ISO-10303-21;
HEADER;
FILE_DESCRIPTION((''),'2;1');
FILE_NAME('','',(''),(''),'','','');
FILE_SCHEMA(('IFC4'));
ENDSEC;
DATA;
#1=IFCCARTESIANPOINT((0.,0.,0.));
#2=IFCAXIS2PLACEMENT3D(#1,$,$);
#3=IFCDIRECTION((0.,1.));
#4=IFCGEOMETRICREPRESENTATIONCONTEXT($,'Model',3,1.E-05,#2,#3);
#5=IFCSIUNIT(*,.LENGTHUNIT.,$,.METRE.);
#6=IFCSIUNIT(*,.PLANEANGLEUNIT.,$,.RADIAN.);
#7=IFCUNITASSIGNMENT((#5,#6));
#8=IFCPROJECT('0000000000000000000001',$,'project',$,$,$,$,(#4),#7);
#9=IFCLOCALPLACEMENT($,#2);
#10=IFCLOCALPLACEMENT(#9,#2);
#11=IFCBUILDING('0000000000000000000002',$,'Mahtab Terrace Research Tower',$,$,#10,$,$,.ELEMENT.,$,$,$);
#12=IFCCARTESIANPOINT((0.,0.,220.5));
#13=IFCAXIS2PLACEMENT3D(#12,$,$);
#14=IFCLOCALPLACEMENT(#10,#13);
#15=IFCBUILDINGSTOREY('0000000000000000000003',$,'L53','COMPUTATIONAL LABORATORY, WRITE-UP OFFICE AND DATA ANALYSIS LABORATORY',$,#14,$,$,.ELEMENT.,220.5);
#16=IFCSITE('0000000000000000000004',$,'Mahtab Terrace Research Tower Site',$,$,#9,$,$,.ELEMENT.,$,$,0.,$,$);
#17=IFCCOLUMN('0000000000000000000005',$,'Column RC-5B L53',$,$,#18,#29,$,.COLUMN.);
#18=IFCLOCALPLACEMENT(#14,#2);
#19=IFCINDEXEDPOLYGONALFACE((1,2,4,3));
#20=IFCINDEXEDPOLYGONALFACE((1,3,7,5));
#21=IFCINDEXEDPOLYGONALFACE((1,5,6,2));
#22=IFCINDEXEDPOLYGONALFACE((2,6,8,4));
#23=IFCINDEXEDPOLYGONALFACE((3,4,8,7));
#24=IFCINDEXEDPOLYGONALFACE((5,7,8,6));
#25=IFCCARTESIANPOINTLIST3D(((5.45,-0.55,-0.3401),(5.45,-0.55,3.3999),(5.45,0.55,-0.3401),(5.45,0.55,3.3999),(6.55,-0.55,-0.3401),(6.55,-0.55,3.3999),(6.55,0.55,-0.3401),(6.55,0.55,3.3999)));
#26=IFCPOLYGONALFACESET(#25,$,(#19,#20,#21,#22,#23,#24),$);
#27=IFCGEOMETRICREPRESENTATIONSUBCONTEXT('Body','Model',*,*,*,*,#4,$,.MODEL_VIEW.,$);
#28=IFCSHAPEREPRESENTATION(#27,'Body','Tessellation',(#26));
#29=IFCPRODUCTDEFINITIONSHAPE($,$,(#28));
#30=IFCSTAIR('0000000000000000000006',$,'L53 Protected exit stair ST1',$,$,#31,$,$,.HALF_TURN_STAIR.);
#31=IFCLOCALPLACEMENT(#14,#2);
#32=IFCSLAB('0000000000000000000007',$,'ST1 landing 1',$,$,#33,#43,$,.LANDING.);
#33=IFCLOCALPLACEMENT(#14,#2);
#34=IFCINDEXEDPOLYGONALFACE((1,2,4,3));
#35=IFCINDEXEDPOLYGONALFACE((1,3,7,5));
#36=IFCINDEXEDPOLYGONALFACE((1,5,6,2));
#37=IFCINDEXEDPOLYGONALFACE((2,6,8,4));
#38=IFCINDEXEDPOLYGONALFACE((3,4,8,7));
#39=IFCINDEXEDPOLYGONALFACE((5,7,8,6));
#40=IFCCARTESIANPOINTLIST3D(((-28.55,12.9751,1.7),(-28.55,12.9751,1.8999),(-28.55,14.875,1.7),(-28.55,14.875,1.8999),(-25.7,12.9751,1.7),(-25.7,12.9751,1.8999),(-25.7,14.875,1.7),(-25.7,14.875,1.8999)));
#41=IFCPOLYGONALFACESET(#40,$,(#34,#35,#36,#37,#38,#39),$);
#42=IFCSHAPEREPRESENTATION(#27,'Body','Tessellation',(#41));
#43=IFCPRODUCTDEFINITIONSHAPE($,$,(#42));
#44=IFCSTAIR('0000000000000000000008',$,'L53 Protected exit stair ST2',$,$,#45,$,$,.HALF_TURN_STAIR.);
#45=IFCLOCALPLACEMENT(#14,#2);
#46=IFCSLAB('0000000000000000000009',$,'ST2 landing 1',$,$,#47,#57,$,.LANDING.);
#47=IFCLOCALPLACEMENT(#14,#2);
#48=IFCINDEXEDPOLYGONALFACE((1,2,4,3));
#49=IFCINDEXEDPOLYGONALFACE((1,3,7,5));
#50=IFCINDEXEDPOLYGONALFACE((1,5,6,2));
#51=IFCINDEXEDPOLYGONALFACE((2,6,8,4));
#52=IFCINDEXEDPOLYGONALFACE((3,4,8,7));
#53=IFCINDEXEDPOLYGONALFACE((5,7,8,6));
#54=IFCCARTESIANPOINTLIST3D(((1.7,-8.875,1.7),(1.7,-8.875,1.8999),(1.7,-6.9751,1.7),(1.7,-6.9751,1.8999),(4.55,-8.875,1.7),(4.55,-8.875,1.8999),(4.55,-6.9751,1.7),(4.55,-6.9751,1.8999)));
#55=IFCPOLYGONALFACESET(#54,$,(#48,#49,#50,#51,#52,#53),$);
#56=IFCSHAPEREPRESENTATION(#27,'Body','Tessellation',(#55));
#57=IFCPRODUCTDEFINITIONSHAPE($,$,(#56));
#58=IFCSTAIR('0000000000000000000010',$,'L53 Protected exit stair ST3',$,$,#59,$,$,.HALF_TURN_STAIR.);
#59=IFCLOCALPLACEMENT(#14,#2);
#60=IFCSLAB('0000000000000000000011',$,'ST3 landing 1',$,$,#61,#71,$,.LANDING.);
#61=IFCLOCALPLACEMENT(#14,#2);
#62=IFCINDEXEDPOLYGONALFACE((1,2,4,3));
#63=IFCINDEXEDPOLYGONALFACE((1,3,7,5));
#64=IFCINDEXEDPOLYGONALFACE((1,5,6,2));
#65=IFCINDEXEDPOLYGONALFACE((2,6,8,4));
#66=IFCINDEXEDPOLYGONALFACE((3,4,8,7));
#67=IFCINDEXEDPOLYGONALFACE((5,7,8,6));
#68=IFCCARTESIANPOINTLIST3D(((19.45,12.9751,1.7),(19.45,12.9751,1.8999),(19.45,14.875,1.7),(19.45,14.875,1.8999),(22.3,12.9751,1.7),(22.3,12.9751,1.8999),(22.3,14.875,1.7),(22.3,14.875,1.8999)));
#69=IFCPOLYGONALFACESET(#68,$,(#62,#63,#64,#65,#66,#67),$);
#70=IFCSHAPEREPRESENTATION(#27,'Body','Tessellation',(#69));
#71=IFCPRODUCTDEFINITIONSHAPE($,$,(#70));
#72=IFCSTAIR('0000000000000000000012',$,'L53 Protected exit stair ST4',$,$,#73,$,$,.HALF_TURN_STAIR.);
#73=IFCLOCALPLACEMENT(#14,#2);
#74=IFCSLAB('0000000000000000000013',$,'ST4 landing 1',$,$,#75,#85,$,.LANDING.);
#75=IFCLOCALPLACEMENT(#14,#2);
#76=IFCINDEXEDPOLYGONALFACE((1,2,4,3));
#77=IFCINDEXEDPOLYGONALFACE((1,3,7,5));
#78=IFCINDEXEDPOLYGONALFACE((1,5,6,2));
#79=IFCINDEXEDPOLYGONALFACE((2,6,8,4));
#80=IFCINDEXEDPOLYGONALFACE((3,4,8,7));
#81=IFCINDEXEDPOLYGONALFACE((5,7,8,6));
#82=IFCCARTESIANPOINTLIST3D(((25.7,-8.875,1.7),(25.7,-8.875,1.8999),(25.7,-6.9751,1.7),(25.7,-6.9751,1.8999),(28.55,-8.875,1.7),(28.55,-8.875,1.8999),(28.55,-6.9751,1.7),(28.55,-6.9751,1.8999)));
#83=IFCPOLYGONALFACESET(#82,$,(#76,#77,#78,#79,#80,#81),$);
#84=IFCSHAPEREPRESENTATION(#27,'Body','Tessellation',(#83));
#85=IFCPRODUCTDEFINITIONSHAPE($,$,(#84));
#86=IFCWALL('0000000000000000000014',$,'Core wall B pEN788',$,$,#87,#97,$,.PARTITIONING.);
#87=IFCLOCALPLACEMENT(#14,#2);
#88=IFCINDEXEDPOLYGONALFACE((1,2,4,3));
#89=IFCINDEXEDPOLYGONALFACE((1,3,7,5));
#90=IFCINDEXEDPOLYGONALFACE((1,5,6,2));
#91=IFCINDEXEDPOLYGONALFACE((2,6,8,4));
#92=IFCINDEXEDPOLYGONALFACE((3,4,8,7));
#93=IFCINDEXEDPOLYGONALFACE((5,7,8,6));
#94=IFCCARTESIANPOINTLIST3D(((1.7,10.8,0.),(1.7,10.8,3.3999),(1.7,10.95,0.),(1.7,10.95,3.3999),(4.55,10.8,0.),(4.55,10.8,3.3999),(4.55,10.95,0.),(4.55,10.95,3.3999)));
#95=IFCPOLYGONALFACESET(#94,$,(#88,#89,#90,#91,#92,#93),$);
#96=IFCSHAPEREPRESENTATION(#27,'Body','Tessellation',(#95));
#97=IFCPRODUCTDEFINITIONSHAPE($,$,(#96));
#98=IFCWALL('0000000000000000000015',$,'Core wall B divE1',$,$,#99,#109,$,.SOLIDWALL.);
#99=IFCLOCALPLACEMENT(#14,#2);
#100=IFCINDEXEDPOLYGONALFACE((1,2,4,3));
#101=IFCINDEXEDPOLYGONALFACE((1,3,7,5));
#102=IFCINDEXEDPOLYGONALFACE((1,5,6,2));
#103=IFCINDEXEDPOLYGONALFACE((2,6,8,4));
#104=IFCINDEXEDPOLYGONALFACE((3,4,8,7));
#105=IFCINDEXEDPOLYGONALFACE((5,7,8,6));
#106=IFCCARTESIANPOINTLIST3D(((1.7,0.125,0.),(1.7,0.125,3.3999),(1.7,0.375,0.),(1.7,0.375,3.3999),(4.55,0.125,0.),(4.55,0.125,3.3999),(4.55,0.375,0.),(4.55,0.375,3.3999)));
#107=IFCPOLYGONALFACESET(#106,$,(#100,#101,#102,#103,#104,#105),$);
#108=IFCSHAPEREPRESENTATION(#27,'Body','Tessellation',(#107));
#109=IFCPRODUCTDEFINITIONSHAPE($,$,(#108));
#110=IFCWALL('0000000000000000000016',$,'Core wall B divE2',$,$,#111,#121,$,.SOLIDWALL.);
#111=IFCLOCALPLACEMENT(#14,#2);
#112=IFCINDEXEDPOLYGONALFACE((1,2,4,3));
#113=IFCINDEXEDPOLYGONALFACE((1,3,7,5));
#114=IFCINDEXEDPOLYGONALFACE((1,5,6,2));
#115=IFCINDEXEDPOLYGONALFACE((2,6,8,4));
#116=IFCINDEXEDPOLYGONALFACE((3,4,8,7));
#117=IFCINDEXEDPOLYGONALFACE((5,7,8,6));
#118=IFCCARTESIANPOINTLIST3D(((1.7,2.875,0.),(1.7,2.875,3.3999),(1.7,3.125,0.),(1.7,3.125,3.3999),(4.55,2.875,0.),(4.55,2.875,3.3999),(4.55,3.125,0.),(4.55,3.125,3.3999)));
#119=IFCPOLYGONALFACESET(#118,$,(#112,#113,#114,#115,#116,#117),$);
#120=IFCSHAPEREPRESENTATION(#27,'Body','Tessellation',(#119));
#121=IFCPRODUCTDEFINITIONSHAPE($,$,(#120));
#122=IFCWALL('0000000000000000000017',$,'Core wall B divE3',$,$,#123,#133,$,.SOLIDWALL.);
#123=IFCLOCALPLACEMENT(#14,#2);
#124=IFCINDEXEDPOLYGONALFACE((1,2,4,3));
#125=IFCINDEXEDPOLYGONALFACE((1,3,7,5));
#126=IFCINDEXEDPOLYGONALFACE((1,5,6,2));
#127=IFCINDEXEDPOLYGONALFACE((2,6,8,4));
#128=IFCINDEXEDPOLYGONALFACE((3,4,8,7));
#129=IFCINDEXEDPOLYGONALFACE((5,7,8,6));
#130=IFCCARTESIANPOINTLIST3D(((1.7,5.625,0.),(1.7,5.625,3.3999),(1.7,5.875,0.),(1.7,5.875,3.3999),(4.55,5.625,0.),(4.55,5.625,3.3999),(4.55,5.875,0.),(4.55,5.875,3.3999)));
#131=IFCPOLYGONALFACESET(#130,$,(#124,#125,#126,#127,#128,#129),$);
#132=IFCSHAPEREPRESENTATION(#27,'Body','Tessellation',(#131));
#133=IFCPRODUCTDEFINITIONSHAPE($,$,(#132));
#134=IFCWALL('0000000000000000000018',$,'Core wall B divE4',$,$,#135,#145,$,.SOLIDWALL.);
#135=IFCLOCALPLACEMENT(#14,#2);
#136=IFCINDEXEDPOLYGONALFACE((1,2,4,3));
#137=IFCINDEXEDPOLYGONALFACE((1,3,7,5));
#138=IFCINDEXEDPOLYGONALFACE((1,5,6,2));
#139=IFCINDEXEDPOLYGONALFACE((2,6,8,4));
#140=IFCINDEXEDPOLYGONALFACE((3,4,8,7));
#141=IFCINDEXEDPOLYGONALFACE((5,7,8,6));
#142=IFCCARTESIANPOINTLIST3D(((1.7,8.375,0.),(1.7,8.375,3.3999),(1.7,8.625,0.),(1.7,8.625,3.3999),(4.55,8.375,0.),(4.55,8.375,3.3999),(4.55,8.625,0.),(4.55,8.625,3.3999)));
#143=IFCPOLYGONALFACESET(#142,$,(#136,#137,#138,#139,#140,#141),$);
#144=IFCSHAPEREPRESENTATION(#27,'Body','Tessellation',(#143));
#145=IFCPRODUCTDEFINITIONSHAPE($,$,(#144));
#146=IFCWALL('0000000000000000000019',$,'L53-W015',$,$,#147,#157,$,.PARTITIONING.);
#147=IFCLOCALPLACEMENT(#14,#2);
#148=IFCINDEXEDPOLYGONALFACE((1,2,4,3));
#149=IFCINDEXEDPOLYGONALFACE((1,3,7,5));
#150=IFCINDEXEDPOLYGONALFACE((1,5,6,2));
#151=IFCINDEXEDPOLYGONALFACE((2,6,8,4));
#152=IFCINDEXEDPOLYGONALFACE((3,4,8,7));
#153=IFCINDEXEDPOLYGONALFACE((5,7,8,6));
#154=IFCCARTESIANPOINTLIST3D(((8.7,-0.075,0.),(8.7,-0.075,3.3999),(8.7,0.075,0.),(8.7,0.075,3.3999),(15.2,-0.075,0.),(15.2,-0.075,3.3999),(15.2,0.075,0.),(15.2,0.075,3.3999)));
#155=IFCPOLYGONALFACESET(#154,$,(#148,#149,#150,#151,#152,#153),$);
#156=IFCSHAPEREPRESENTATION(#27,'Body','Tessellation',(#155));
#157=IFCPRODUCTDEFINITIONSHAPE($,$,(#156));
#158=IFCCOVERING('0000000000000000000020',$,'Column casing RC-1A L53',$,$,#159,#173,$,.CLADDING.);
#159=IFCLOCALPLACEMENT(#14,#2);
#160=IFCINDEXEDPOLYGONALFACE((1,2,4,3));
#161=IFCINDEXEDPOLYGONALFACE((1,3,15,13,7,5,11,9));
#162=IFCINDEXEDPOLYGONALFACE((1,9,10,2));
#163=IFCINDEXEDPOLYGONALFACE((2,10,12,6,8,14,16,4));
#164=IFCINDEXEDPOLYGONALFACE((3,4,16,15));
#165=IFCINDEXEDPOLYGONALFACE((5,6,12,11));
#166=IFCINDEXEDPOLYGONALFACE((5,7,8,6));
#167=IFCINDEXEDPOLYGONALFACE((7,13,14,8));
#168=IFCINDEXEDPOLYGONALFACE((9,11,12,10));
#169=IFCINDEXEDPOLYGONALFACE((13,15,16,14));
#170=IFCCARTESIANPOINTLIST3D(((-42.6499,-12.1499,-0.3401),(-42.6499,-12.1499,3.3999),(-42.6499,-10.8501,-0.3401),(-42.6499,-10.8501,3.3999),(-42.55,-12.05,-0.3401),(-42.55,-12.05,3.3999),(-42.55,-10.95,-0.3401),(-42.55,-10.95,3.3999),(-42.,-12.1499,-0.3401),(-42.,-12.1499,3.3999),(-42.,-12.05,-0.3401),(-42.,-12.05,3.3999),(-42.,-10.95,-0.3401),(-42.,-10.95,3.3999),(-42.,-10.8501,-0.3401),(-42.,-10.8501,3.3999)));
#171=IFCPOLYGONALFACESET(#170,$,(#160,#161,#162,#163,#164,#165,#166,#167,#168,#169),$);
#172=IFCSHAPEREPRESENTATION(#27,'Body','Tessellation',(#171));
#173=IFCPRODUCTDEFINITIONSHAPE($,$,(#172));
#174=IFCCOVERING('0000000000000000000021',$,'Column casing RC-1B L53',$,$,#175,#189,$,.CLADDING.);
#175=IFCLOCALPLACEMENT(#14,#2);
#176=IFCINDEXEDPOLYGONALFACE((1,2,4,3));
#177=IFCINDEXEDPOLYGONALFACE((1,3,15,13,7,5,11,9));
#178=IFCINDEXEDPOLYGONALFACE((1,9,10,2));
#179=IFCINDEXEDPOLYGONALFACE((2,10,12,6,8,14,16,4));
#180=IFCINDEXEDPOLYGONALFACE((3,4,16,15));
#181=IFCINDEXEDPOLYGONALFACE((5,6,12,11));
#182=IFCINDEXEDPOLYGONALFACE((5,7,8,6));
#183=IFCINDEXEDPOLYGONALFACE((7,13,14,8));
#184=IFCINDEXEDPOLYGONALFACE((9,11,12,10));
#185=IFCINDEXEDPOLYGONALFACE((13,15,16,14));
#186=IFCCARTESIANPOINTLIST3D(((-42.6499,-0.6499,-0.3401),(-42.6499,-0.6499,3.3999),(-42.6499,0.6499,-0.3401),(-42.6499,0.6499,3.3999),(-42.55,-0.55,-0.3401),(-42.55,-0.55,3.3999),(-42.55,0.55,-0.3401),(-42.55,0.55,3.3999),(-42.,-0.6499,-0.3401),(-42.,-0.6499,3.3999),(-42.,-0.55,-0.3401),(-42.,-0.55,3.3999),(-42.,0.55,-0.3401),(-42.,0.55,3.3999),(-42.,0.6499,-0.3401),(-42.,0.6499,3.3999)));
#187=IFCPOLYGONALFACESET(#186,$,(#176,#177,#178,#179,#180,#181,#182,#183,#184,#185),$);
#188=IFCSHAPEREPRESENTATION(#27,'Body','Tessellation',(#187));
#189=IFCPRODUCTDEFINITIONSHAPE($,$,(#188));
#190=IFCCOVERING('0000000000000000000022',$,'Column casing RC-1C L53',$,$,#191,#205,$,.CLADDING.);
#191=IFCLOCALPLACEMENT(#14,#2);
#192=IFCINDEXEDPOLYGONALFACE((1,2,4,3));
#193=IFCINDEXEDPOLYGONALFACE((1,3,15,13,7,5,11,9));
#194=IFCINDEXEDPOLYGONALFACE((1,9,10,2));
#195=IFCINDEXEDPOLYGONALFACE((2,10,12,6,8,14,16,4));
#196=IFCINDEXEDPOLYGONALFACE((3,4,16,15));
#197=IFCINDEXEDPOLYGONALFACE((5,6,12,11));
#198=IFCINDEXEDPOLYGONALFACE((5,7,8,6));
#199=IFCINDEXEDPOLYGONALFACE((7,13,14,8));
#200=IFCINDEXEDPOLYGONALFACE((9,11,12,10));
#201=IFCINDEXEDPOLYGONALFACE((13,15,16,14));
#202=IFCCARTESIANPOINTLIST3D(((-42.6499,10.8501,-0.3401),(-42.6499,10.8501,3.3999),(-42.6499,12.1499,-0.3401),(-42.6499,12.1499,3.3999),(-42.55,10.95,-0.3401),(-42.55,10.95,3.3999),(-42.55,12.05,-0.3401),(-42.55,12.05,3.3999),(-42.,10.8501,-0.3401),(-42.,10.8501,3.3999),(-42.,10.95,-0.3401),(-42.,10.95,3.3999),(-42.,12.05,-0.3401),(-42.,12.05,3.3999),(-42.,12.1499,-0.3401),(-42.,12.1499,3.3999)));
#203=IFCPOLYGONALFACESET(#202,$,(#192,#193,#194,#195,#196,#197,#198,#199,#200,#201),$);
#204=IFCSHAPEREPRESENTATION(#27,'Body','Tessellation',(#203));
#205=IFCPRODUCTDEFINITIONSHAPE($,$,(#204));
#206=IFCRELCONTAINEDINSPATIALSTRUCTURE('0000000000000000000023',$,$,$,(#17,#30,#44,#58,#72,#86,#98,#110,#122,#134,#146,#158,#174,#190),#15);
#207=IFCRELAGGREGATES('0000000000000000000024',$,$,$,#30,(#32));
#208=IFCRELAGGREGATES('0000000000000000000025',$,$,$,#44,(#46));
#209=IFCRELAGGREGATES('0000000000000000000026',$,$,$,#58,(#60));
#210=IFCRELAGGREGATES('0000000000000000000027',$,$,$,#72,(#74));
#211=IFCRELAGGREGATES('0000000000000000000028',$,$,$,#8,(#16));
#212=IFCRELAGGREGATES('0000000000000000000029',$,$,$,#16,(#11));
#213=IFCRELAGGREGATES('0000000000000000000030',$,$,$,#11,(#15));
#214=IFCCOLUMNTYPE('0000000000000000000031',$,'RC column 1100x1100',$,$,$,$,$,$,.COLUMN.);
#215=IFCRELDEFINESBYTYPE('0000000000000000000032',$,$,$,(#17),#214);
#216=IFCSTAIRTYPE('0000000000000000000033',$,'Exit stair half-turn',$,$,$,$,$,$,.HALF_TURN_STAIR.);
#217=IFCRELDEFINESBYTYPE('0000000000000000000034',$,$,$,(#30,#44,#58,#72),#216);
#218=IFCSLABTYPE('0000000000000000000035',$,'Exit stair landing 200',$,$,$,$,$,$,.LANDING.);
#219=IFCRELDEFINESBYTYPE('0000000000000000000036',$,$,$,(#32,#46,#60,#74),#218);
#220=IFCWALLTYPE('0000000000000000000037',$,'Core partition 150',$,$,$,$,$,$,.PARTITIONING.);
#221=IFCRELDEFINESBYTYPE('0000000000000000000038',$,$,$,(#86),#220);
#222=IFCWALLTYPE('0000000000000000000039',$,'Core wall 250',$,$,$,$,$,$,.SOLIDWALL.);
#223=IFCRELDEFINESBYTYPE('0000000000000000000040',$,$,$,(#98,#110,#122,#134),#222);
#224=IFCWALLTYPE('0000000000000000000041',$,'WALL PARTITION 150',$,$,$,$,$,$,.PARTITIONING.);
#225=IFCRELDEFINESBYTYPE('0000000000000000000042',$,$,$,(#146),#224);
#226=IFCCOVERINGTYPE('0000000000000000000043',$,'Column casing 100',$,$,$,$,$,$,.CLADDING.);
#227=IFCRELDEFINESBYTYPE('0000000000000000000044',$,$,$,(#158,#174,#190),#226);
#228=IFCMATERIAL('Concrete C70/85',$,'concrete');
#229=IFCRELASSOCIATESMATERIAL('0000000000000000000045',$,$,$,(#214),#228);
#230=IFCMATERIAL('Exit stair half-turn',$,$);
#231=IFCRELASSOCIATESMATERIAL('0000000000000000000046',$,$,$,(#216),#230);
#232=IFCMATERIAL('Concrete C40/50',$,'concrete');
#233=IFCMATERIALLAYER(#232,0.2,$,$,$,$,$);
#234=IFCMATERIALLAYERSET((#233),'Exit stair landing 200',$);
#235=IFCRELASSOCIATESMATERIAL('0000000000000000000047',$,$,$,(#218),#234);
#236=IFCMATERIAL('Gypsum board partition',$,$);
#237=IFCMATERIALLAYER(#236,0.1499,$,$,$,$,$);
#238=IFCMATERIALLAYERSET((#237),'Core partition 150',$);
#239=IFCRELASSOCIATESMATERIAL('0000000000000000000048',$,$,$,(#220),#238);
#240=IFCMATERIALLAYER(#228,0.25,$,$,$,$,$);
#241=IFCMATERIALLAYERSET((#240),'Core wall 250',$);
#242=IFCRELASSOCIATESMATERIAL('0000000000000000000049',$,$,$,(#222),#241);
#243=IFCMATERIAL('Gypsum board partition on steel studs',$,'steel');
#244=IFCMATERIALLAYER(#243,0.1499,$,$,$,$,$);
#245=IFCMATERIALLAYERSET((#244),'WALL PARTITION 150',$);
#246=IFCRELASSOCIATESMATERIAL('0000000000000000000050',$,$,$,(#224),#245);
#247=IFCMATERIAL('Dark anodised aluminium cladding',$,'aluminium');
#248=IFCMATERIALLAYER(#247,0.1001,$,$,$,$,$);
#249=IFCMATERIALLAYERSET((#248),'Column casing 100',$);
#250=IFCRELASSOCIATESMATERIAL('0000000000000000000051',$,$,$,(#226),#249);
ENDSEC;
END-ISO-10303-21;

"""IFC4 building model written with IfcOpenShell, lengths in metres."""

from ifc_helpers import new_model, si_unit, direction, frame, frame_2d, origin, origin_2d, place, context, subcontext, project, spatial, polyline, rectangle, outline, extrude, material, layer, layer_set, material_profile, profile_set, type_object, element, aggregate, save


model = new_model("IFC4")

# Units and contexts
model_context = context("Model", 3, precision=1e-05, world=origin(), true_north=direction((0.0, 1.0)))
body_context = subcontext(model_context, "Body", "Model", "MODEL_VIEW")
ifc_project = project(units=[si_unit("LENGTHUNIT", "METRE"), si_unit("PLANEANGLEUNIT", "RADIAN")], contexts=[model_context])

# Site, building, storey
site_placement = place(None, origin())
site = spatial("IfcSite", under=ifc_project, at=site_placement, Name="Mahtab Terrace Research Tower Site", CompositionType="ELEMENT", RefElevation=0.0)
building_placement = place(site_placement, origin())
building = spatial("IfcBuilding", under=site, at=building_placement, Name="Mahtab Terrace Research Tower", CompositionType="ELEMENT")
storey_placement = place(building_placement, frame((0.0, 0.0, 220.5)))
storey = spatial("IfcBuildingStorey", under=building, at=storey_placement, Name="L53", Description="COMPUTATIONAL LABORATORY, WRITE-UP OFFICE AND DATA ANALYSIS LABORATORY", CompositionType="ELEMENT", Elevation=220.5)

# Column
ifc_material_1 = material(Name="Concrete C70/85", Category="concrete")
ifc_material_profile = material_profile(ifc_material_1, rectangle(XDim=1.1001, YDim=1.1001, at=origin_2d()), Name="RC column 1100x1100")
ifc_profile_set = profile_set([ifc_material_profile], Name="Concrete C70/85")
column_type = type_object("IfcColumnType", Name="RC column 1100x1100", PredefinedType="COLUMN", material=ifc_profile_set)
column_placement = place(storey_placement, frame((6.0, 0.0, -0.3401), z_axis=(0.0, 0.0, 1.0), x_axis=(1.0, 0.0, 0.0)))
element("IfcColumn", 1, at=column_placement, inside=storey, type_object=column_type, Name="Column RC-5B L53", PredefinedType="COLUMN", context=body_context, shape_type="SweptSolid", body=[
    extrude(rectangle(XDim=1.1001, YDim=1.1001, at=origin_2d()), origin(), (0.0, 0.0, 1.0), 3.74),
])

# Stairs, slabs
ifc_material_2 = material(Name="Exit stair half-turn")
stair_type = type_object("IfcStairType", Name="Exit stair half-turn", PredefinedType="HALF_TURN_STAIR", material=ifc_material_2)
stair_1_placement = place(storey_placement, origin())
stair_1 = element("IfcStair", 2, at=stair_1_placement, inside=storey, type_object=stair_type, Name="L53 Protected exit stair ST1", PredefinedType="HALF_TURN_STAIR")
ifc_material_3 = material(Name="Concrete C40/50", Category="concrete")
ifc_layer_1 = layer(ifc_material_3, 0.2)
ifc_layer_set_1 = layer_set([ifc_layer_1], Name="Exit stair landing 200")
slab_type = type_object("IfcSlabType", Name="Exit stair landing 200", PredefinedType="LANDING", material=ifc_layer_set_1)
slab_1_placement = place(storey_placement, frame((0.0, 0.0, 1.7)))
slab_1 = element("IfcSlab", 3, at=slab_1_placement, type_object=slab_type, Name="ST1 landing 1", PredefinedType="LANDING", context=body_context, shape_type="SweptSolid", body=[
    extrude(outline(polyline([(-25.7, 12.9751), (-25.7, 14.875), (-28.55, 14.875), (-28.55, 12.9751), (-25.7, 12.9751)])), origin(), (0.0, 0.0, 1.0), 0.2),
])
aggregate(stair_1, [slab_1])
stair_2_placement = place(storey_placement, origin())
stair_2 = element("IfcStair", 4, at=stair_2_placement, inside=storey, type_object=stair_type, Name="L53 Protected exit stair ST2", PredefinedType="HALF_TURN_STAIR")
slab_2_placement = place(storey_placement, frame((0.0, 0.0, 1.7)))
slab_2 = element("IfcSlab", 5, at=slab_2_placement, type_object=slab_type, Name="ST2 landing 1", PredefinedType="LANDING", context=body_context, shape_type="SweptSolid", body=[
    extrude(outline(polyline([(1.7, -6.9751), (1.7, -8.875), (4.55, -8.875), (4.55, -6.9751), (1.7, -6.9751)])), origin(), (0.0, 0.0, 1.0), 0.2),
])
aggregate(stair_2, [slab_2])
stair_3_placement = place(storey_placement, origin())
stair_3 = element("IfcStair", 6, at=stair_3_placement, inside=storey, type_object=stair_type, Name="L53 Protected exit stair ST3", PredefinedType="HALF_TURN_STAIR")
slab_3_placement = place(storey_placement, frame((0.0, 0.0, 1.7)))
slab_3 = element("IfcSlab", 7, at=slab_3_placement, type_object=slab_type, Name="ST3 landing 1", PredefinedType="LANDING", context=body_context, shape_type="SweptSolid", body=[
    extrude(outline(polyline([(22.3, 12.9751), (22.3, 14.875), (19.45, 14.875), (19.45, 12.9751), (22.3, 12.9751)])), origin(), (0.0, 0.0, 1.0), 0.2),
])
aggregate(stair_3, [slab_3])
stair_4_placement = place(storey_placement, origin())
stair_4 = element("IfcStair", 8, at=stair_4_placement, inside=storey, type_object=stair_type, Name="L53 Protected exit stair ST4", PredefinedType="HALF_TURN_STAIR")
slab_4_placement = place(storey_placement, frame((0.0, 0.0, 1.7)))
slab_4 = element("IfcSlab", 9, at=slab_4_placement, type_object=slab_type, Name="ST4 landing 1", PredefinedType="LANDING", context=body_context, shape_type="SweptSolid", body=[
    extrude(outline(polyline([(25.7, -6.9751), (25.7, -8.875), (28.55, -8.875), (28.55, -6.9751), (25.7, -6.9751)])), origin(), (0.0, 0.0, 1.0), 0.2),
])
aggregate(stair_4, [slab_4])

# Walls
ifc_material_4 = material(Name="Gypsum board partition")
ifc_layer_2 = layer(ifc_material_4, 0.1499)
ifc_layer_set_2 = layer_set([ifc_layer_2], Name="Core partition 150")
wall_type_1 = type_object("IfcWallType", Name="Core partition 150", PredefinedType="PARTITIONING", material=ifc_layer_set_2)
wall_1_placement = place(storey_placement, frame((1.7, 10.875, 0.0), z_axis=(0.0, 0.0, 1.0), x_axis=(1.0, 0.0, 0.0)))
element("IfcWall", 10, at=wall_1_placement, inside=storey, type_object=wall_type_1, Name="Core wall B pEN788", PredefinedType="PARTITIONING", context=body_context, shape_type="SweptSolid", body=[
    extrude(rectangle(XDim=2.8501, YDim=0.1499, at=frame_2d((1.425, 0.0))), origin(), (0.0, 0.0, 1.0), 3.3999),
])
ifc_layer_3 = layer(ifc_material_1, 0.25)
ifc_layer_set_3 = layer_set([ifc_layer_3], Name="Core wall 250")
wall_type_2 = type_object("IfcWallType", Name="Core wall 250", PredefinedType="SOLIDWALL", material=ifc_layer_set_3)
for number, where, z_axis, x_axis, name in (
    (11, (1.7, 0.25, 0.0), (0.0, 0.0, 1.0), (1.0, 0.0, 0.0), "Core wall B divE1"),
    (12, (1.7, 3.0, 0.0), (0.0, 0.0, 1.0), (1.0, 0.0, 0.0), "Core wall B divE2"),
    (13, (1.7, 5.75, 0.0), (0.0, 0.0, 1.0), (1.0, 0.0, 0.0), "Core wall B divE3"),
    (14, (1.7, 8.5, 0.0), (0.0, 0.0, 1.0), (1.0, 0.0, 0.0), "Core wall B divE4"),
):
    element("IfcWall", number, at=place(storey_placement, frame(where, z_axis=z_axis, x_axis=x_axis)), inside=storey, type_object=wall_type_2, Name=name, PredefinedType="SOLIDWALL", context=body_context, shape_type="SweptSolid", body=[
        extrude(rectangle(XDim=2.8501, YDim=0.25, at=frame_2d((1.425, 0.0))), origin(), (0.0, 0.0, 1.0), 3.3999),
    ])
ifc_material_5 = material(Name="Gypsum board partition on steel studs", Category="steel")
ifc_layer_4 = layer(ifc_material_5, 0.1499)
ifc_layer_set_4 = layer_set([ifc_layer_4], Name="WALL PARTITION 150")
wall_type_3 = type_object("IfcWallType", Name="WALL PARTITION 150", PredefinedType="PARTITIONING", material=ifc_layer_set_4)
wall_2_placement = place(storey_placement, frame((8.7, 0.0, 0.0), z_axis=(0.0, 0.0, 1.0), x_axis=(1.0, 0.0, 0.0)))
element("IfcWall", 15, at=wall_2_placement, inside=storey, type_object=wall_type_3, Name="L53-W015", PredefinedType="PARTITIONING", context=body_context, shape_type="SweptSolid", body=[
    extrude(rectangle(XDim=6.5, YDim=0.1499, at=frame_2d((3.25, 0.0))), origin(), (0.0, 0.0, 1.0), 3.3999),
])

# Coverings
ifc_material_6 = material(Name="Dark anodised aluminium cladding", Category="aluminium")
ifc_layer_5 = layer(ifc_material_6, 0.1001)
ifc_layer_set_5 = layer_set([ifc_layer_5], Name="Column casing 100")
covering_type = type_object("IfcCoveringType", Name="Column casing 100", PredefinedType="CLADDING", material=ifc_layer_set_5)
covering_1_placement = place(storey_placement, frame((0.0, 0.0, -0.3401)))
element("IfcCovering", 16, at=covering_1_placement, inside=storey, type_object=covering_type, Name="Column casing RC-1A L53", PredefinedType="CLADDING", context=body_context, shape_type="SweptSolid", body=[
    extrude(outline(polyline([(-42.6499, -10.8501), (-42.0, -10.8501), (-42.0, -10.95), (-42.55, -10.95), (-42.55, -12.05), (-42.0, -12.05), (-42.0, -12.1499), (-42.6499, -12.1499), (-42.6499, -10.8501)])), origin(), (0.0, 0.0, 1.0), 3.74),
])
covering_2_placement = place(storey_placement, frame((0.0, 0.0, -0.3401)))
element("IfcCovering", 17, at=covering_2_placement, inside=storey, type_object=covering_type, Name="Column casing RC-1B L53", PredefinedType="CLADDING", context=body_context, shape_type="SweptSolid", body=[
    extrude(outline(polyline([(-42.6499, 0.6499), (-42.0, 0.6499), (-42.0, 0.55), (-42.55, 0.55), (-42.55, -0.55), (-42.0, -0.55), (-42.0, -0.6499), (-42.6499, -0.6499), (-42.6499, 0.6499)])), origin(), (0.0, 0.0, 1.0), 3.74),
])
covering_3_placement = place(storey_placement, frame((0.0, 0.0, -0.3401)))
element("IfcCovering", 18, at=covering_3_placement, inside=storey, type_object=covering_type, Name="Column casing RC-1C L53", PredefinedType="CLADDING", context=body_context, shape_type="SweptSolid", body=[
    extrude(outline(polyline([(-42.6499, 12.1499), (-42.0, 12.1499), (-42.0, 12.05), (-42.55, 12.05), (-42.55, 10.95), (-42.0, 10.95), (-42.0, 10.8501), (-42.6499, 10.8501), (-42.6499, 12.1499)])), origin(), (0.0, 0.0, 1.0), 3.74),
])

save(model, "model.ifc")
